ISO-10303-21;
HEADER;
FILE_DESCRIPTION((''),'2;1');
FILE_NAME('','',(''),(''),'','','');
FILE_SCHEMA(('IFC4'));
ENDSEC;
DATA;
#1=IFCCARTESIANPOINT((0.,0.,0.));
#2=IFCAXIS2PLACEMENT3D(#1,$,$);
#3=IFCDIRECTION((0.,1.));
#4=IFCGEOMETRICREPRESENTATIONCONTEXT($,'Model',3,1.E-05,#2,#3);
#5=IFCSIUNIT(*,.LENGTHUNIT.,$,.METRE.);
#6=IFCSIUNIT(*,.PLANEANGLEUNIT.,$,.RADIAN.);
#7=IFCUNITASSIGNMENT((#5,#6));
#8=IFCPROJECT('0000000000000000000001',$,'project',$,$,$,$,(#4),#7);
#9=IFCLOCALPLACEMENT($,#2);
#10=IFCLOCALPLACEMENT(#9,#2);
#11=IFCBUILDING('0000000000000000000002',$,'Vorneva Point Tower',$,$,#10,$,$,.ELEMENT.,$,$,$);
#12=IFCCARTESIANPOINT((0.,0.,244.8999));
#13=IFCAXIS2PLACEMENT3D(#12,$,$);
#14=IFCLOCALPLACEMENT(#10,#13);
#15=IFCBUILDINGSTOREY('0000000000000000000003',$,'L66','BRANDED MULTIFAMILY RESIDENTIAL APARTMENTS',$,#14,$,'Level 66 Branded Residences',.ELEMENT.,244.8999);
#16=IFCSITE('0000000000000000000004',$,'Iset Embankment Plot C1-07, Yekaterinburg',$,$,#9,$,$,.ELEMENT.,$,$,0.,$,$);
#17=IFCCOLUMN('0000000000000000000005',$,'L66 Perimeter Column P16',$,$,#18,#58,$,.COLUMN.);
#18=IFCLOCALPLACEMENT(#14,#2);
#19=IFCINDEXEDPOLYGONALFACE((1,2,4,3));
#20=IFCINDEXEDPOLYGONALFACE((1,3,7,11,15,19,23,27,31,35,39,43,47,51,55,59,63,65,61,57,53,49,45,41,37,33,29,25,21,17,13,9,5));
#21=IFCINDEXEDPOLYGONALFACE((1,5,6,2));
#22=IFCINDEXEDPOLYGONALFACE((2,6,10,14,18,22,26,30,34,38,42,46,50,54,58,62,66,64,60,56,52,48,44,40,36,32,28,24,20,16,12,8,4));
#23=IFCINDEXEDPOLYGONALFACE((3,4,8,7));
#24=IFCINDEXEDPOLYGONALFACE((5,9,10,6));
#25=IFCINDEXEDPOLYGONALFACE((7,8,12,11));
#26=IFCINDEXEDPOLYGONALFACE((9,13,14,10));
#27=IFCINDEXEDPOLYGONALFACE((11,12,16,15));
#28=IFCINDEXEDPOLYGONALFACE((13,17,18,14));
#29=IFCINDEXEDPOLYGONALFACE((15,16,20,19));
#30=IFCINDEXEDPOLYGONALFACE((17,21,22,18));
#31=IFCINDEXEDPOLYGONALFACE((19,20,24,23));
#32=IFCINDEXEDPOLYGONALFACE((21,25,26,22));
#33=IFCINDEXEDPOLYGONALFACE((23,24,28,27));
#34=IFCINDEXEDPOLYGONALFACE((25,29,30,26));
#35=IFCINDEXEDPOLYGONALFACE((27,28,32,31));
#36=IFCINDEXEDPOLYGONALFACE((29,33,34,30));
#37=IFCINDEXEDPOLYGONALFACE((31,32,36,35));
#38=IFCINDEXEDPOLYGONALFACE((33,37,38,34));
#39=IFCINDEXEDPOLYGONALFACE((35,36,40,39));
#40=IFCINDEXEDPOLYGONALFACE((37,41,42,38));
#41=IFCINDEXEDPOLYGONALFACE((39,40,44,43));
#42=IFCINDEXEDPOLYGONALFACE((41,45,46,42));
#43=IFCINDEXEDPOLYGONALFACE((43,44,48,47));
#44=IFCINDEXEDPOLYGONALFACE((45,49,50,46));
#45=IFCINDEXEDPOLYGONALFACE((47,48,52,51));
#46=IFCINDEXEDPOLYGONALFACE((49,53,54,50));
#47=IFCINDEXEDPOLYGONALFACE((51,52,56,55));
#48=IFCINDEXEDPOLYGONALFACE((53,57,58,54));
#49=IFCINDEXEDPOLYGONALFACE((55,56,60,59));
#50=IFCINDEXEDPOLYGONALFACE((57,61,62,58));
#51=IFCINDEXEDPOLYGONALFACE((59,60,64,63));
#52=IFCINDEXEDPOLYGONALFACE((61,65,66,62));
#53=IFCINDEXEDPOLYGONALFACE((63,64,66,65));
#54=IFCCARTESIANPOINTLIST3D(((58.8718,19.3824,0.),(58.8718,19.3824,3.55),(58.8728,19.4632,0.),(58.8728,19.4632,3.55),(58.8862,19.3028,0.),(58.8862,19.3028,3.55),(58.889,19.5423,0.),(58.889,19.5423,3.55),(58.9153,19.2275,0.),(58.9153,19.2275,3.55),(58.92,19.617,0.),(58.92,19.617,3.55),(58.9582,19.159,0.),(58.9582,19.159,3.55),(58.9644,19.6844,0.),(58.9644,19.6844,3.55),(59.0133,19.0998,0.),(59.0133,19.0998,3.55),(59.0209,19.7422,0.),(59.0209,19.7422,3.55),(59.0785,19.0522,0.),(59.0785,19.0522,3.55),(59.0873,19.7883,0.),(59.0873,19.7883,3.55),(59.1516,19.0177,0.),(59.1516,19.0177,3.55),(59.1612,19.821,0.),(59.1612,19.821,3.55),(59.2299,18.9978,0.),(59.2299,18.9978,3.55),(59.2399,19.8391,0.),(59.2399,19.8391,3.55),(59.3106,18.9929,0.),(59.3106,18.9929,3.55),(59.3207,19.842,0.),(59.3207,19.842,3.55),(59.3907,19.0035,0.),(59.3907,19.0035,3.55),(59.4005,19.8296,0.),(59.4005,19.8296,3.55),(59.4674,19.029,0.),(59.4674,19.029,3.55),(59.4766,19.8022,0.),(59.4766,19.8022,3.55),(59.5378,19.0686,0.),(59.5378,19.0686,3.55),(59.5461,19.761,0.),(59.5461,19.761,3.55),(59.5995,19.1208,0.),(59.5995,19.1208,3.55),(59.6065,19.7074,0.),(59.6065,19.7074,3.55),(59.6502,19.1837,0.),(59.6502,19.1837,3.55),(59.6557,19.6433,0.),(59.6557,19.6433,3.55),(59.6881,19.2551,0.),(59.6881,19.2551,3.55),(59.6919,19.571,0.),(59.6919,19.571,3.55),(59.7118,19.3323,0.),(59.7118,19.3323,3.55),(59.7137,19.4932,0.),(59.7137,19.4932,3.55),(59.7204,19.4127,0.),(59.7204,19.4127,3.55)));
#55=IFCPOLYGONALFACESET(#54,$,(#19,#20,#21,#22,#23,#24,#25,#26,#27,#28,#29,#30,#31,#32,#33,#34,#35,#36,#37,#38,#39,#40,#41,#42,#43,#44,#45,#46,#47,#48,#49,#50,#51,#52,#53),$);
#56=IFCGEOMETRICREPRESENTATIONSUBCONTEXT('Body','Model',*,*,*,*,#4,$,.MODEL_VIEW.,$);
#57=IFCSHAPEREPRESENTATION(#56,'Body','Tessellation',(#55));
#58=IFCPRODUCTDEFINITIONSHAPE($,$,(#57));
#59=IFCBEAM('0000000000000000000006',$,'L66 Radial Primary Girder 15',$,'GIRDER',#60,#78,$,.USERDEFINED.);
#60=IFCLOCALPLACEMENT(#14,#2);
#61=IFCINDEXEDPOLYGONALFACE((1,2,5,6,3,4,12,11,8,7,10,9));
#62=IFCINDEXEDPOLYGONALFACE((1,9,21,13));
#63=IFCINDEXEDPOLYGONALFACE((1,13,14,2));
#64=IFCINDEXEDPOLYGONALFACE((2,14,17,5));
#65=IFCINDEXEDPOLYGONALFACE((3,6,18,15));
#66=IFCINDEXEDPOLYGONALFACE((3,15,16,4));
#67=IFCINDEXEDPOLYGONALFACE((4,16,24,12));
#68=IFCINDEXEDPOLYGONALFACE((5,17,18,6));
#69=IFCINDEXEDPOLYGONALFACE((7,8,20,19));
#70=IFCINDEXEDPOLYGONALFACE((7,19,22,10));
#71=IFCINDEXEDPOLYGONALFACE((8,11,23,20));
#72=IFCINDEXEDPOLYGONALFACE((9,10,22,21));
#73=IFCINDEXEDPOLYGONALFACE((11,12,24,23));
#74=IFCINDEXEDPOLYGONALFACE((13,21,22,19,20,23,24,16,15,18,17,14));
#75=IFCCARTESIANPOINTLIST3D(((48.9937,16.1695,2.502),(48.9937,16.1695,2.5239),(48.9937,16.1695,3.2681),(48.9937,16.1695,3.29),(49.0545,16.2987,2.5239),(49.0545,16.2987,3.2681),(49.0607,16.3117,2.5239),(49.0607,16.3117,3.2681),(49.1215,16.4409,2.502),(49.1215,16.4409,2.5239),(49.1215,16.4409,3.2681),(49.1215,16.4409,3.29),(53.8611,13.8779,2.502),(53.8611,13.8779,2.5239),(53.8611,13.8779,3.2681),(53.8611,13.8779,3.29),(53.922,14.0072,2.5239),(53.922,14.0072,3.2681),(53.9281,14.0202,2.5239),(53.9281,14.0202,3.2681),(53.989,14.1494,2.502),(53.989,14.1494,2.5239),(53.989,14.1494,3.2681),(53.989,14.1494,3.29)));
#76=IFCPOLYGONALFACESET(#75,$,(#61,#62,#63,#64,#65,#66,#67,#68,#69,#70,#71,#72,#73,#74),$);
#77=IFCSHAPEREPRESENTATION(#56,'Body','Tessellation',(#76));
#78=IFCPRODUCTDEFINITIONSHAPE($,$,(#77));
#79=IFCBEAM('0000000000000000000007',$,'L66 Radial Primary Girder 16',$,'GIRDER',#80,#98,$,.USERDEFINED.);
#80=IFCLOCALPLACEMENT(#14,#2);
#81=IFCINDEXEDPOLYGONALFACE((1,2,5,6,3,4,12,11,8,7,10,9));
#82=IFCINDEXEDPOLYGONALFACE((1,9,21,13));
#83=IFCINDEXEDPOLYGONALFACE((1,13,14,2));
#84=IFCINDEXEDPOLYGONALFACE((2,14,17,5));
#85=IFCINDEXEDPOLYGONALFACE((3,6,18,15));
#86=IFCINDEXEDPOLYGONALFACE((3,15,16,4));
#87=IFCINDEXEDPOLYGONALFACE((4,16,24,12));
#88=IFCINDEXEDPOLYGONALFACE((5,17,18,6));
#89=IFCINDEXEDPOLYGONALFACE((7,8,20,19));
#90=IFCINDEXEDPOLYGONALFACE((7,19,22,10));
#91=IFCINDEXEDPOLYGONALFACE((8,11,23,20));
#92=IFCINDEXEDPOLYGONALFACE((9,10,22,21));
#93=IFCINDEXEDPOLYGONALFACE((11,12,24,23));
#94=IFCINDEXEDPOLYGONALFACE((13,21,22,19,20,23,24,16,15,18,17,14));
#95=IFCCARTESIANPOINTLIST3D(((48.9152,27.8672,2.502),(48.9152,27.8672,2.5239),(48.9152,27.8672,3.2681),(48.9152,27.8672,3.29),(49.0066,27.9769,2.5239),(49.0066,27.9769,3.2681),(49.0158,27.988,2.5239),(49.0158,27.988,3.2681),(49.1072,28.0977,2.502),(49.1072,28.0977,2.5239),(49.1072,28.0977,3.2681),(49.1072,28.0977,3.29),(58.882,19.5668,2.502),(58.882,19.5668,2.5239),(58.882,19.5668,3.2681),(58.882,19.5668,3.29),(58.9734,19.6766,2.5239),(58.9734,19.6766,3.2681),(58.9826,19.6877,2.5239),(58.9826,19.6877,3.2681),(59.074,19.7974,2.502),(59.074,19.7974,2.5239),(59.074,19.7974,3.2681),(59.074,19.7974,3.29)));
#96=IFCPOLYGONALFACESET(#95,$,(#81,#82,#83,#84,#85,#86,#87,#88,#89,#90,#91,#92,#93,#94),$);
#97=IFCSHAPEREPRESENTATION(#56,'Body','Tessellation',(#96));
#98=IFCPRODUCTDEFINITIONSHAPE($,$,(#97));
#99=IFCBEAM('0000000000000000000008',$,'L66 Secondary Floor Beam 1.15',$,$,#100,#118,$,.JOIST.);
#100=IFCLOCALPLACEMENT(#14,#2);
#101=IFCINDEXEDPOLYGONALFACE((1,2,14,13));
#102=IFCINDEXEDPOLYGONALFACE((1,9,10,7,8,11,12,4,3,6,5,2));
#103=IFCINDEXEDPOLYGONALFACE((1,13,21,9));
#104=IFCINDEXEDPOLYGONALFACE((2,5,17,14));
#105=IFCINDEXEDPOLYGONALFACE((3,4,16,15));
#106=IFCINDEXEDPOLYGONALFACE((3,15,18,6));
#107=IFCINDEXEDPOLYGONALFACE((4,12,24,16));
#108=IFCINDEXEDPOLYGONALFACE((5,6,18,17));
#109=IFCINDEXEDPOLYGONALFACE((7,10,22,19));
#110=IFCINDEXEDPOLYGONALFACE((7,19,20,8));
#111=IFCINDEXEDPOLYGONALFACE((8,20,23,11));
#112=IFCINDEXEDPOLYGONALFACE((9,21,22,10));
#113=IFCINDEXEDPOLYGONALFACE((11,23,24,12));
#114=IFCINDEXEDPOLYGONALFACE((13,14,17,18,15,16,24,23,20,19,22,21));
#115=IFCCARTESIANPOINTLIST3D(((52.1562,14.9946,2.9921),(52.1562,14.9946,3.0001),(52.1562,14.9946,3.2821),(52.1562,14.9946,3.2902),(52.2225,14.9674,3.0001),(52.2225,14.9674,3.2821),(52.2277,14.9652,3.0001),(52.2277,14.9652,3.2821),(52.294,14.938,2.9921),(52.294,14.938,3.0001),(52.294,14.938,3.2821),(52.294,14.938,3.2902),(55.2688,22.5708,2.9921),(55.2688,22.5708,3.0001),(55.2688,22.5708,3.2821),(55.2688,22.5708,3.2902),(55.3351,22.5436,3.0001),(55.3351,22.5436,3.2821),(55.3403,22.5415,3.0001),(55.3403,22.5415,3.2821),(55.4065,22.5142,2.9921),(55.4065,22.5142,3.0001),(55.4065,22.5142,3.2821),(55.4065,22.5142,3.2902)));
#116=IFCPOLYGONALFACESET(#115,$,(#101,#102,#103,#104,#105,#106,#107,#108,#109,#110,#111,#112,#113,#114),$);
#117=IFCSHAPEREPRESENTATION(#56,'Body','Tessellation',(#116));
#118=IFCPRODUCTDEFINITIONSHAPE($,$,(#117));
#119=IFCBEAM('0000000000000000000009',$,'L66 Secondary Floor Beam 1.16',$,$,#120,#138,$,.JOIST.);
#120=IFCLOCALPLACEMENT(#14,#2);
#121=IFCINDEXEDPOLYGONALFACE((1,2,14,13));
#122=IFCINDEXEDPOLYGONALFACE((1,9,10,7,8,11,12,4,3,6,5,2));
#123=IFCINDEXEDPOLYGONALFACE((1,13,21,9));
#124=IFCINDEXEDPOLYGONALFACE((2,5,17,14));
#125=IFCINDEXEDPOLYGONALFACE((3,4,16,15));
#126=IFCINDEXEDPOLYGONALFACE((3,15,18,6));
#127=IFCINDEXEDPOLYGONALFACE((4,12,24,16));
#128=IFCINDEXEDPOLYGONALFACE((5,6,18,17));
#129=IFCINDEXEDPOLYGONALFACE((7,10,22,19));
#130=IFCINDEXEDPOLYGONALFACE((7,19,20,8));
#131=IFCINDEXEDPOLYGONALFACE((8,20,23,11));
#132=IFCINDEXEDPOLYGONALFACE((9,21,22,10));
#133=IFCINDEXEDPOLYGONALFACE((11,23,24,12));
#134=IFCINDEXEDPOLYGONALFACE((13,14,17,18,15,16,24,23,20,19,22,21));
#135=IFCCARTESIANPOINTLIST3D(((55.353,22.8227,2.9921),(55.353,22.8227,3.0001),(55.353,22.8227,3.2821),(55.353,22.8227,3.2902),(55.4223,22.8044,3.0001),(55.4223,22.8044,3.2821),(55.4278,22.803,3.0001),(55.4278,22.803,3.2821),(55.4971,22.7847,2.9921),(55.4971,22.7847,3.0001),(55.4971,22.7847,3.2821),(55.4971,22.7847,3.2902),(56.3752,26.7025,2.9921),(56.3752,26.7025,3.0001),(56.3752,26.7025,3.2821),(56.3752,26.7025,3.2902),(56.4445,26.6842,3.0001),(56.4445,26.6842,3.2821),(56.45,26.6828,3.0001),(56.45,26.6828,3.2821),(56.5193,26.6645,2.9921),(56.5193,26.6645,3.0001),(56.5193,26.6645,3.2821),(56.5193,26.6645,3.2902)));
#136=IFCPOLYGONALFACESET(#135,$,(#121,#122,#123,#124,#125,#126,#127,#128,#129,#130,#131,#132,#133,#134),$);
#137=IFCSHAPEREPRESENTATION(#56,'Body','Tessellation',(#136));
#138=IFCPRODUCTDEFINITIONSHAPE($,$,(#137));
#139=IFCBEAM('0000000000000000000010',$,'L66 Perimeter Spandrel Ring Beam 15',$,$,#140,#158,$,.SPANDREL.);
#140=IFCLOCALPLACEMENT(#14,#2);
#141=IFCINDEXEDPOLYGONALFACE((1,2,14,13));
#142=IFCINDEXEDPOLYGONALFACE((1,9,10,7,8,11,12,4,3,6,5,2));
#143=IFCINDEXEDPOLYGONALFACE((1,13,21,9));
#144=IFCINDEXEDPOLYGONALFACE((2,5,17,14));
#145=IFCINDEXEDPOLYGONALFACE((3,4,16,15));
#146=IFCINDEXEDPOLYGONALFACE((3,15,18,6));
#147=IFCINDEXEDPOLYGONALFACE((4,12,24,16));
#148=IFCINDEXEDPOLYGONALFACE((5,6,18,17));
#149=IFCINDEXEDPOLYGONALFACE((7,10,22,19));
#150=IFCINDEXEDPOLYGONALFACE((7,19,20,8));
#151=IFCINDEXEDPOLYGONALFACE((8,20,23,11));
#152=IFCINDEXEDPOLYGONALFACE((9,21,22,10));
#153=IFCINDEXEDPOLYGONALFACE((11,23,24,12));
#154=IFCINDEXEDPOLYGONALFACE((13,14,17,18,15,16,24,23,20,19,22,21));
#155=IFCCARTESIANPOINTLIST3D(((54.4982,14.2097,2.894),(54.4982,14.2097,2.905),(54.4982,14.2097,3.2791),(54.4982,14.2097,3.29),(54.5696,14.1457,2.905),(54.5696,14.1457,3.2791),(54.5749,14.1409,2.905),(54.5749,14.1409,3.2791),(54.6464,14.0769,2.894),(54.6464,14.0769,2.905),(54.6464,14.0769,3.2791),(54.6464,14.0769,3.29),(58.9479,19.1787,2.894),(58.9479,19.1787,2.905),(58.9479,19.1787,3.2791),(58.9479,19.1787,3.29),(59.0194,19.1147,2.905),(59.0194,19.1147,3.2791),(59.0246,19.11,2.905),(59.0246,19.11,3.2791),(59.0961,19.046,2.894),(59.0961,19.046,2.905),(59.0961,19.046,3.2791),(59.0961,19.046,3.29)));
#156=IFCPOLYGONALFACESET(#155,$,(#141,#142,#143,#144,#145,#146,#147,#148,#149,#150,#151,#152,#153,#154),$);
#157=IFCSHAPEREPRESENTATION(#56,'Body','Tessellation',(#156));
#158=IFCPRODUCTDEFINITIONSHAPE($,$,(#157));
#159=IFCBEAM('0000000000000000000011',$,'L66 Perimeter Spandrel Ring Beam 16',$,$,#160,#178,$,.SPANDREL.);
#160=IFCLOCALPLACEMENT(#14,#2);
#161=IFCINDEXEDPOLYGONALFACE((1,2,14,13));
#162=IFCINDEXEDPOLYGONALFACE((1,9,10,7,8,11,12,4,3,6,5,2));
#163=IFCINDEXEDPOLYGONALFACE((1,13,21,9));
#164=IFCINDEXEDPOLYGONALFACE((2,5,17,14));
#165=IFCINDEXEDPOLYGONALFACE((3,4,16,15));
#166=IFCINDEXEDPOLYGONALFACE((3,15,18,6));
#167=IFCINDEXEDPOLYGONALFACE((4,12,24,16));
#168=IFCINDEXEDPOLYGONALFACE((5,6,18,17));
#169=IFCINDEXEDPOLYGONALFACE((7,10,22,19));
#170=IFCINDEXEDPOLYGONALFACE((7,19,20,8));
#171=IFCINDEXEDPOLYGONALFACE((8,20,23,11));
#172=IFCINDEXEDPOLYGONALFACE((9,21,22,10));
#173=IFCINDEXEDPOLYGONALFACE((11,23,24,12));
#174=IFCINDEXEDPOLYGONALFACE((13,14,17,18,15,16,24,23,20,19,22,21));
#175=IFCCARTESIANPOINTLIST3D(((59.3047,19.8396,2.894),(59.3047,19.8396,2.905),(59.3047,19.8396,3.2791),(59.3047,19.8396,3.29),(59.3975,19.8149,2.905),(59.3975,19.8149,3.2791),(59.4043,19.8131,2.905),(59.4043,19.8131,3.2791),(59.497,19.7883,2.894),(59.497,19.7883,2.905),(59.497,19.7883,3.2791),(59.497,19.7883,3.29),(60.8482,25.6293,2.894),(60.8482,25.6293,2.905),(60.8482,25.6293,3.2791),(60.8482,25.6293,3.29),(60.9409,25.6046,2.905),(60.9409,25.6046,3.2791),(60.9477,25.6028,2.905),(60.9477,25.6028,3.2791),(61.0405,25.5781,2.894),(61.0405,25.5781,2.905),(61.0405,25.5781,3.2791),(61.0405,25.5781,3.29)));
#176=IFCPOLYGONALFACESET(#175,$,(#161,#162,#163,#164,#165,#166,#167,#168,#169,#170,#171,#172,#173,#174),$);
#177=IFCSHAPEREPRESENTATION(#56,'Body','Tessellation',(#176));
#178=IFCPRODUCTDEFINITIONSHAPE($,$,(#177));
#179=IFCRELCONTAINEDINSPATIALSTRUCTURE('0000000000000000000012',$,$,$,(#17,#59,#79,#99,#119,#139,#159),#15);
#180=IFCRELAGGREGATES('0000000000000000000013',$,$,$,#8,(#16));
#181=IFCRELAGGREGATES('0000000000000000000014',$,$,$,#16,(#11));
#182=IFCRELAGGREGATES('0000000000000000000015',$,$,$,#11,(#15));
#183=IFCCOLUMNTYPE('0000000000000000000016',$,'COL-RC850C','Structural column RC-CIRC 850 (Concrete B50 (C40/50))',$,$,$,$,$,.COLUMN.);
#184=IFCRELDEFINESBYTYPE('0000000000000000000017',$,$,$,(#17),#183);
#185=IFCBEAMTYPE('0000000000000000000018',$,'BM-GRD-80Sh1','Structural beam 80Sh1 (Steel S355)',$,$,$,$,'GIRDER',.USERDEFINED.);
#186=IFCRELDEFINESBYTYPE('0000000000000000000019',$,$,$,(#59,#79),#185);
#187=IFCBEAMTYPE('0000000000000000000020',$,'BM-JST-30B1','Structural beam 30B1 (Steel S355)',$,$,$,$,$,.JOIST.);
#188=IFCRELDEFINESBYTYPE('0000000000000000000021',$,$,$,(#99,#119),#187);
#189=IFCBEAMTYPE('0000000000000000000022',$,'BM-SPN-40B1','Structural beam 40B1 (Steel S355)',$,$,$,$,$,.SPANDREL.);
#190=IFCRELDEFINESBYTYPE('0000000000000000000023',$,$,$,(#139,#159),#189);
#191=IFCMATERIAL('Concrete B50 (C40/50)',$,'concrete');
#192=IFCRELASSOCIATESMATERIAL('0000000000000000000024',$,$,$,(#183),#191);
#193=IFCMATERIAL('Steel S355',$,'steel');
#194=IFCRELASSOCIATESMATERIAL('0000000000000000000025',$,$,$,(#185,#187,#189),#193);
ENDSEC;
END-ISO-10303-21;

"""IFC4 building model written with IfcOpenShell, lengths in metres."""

from ifc_helpers import new_model, si_unit, direction, frame, origin, origin_2d, place, context, subcontext, project, spatial, circle, i_section, extrude, material, material_profile, profile_set, type_object, element, save


model = new_model("IFC4")

# Units and contexts
model_context = context("Model", 3, precision=1e-05, world=origin(), true_north=direction((0.0, 1.0)))
body_context = subcontext(model_context, "Body", "Model", "MODEL_VIEW")
ifc_project = project(units=[si_unit("LENGTHUNIT", "METRE"), si_unit("PLANEANGLEUNIT", "RADIAN")], contexts=[model_context])

# Site, building, storey
site_placement = place(None, origin())
site = spatial("IfcSite", under=ifc_project, at=site_placement, Name="Iset Embankment Plot C1-07, Yekaterinburg", CompositionType="ELEMENT", RefElevation=0.0)
building_placement = place(site_placement, origin())
building = spatial("IfcBuilding", under=site, at=building_placement, Name="Vorneva Point Tower", CompositionType="ELEMENT")
storey_placement = place(building_placement, frame((0.0, 0.0, 244.8999)))
storey = spatial("IfcBuildingStorey", under=building, at=storey_placement, Name="L66", Description="BRANDED MULTIFAMILY RESIDENTIAL APARTMENTS", LongName="Level 66 Branded Residences", CompositionType="ELEMENT", Elevation=244.8999)

# Column
ifc_material_1 = material(Name="Concrete B50 (C40/50)", Category="concrete")
ifc_material_profile_1 = material_profile(ifc_material_1, circle(Radius=0.425, at=origin_2d()), Name="RC-CIRC 850")
ifc_profile_set_1 = profile_set([ifc_material_profile_1], Name="Concrete B50 (C40/50)")
column_type = type_object("IfcColumnType", Name="COL-RC850C", Description="Structural column RC-CIRC 850 (Concrete B50 (C40/50))", PredefinedType="COLUMN", material=ifc_profile_set_1)
for number, where, z_axis, x_axis, name in (
    (1, (59.2954, 19.4177, 0.0), (0.0, 0.0, 1.0), (0.92388, -0.382683, 0.0), "L66 Perimeter Column P16"),
):
    element("IfcColumn", number, at=place(storey_placement, frame(where, z_axis=z_axis, x_axis=x_axis)), inside=storey, type_object=column_type, Name=name, PredefinedType="COLUMN", context=body_context, shape_type="SweptSolid", body=[
        extrude(circle(Radius=0.425, at=origin_2d()), origin(), (0.0, 0.0, 1.0), 3.55),
    ])

# Beams
ifc_material_2 = material(Name="Steel S355", Category="steel")
ifc_material_profile_2 = material_profile(ifc_material_2, i_section(OverallWidth=0.3, OverallDepth=0.7881, WebThickness=0.0144, FlangeThickness=0.022, at=origin_2d()), Name="80Sh1")
ifc_profile_set_2 = profile_set([ifc_material_profile_2], Name="Steel S355")
beam_type_1 = type_object("IfcBeamType", Name="BM-GRD-80Sh1", Description="Structural beam 80Sh1 (Steel S355)", ElementType="GIRDER", PredefinedType="USERDEFINED", material=ifc_profile_set_2)
beam_1_placement = place(storey_placement, frame((53.925, 14.0137, 2.896), z_axis=(-0.904751, 0.425941, 0.0), x_axis=(-0.425941, -0.904751, 0.0)))
element("IfcBeam", 2, at=beam_1_placement, inside=storey, type_object=beam_type_1, Name="L66 Radial Primary Girder 15", ObjectType="GIRDER", PredefinedType="USERDEFINED", context=body_context, shape_type="SweptSolid", body=[
    extrude(i_section(OverallWidth=0.3, OverallDepth=0.7881, WebThickness=0.0144, FlangeThickness=0.022, at=origin_2d()), origin(), (0.0, 0.0, 1.0), 5.3799),
])
beam_2_placement = place(storey_placement, frame((58.978, 19.6821, 2.896), z_axis=(-0.768425, 0.63994, 0.0), x_axis=(-0.63994, -0.768425, 0.0)))
element("IfcBeam", 3, at=beam_2_placement, inside=storey, type_object=beam_type_1, Name="L66 Radial Primary Girder 16", ObjectType="GIRDER", PredefinedType="USERDEFINED", context=body_context, shape_type="SweptSolid", body=[
    extrude(i_section(OverallWidth=0.3, OverallDepth=0.7881, WebThickness=0.0144, FlangeThickness=0.022, at=origin_2d()), origin(), (0.0, 0.0, 1.0), 12.9705),
])
ifc_material_profile_3 = material_profile(ifc_material_2, i_section(OverallWidth=0.1489, OverallDepth=0.2981, WebThickness=0.0056, FlangeThickness=0.0081, at=origin_2d()), Name="30B1")
ifc_profile_set_3 = profile_set([ifc_material_profile_3], Name="Steel S355")
beam_type_2 = type_object("IfcBeamType", Name="BM-JST-30B1", Description="Structural beam 30B1 (Steel S355)", PredefinedType="JOIST", material=ifc_profile_set_3)
beam_3_placement = place(storey_placement, frame((52.2251, 14.9663, 3.1411), z_axis=(0.380014, 0.924981, 0.0), x_axis=(-0.924981, 0.380014, 0.0)))
element("IfcBeam", 4, at=beam_3_placement, inside=storey, type_object=beam_type_2, Name="L66 Secondary Floor Beam 1.15", PredefinedType="JOIST", context=body_context, shape_type="SweptSolid", body=[
    extrude(i_section(OverallWidth=0.1489, OverallDepth=0.2981, WebThickness=0.0056, FlangeThickness=0.0081, at=origin_2d()), origin(), (0.0, 0.0, 1.0), 8.1907),
])
beam_4_placement = place(storey_placement, frame((55.425, 22.8037, 3.1411), z_axis=(0.254772, 0.967001, 0.0), x_axis=(-0.967001, 0.254772, 0.0)))
element("IfcBeam", 5, at=beam_4_placement, inside=storey, type_object=beam_type_2, Name="L66 Secondary Floor Beam 1.16", PredefinedType="JOIST", context=body_context, shape_type="SweptSolid", body=[
    extrude(i_section(OverallWidth=0.1489, OverallDepth=0.2981, WebThickness=0.0056, FlangeThickness=0.0081, at=origin_2d()), origin(), (0.0, 0.0, 1.0), 4.0122),
])
ifc_material_profile_4 = material_profile(ifc_material_2, i_section(OverallWidth=0.199, OverallDepth=0.396, WebThickness=0.0071, FlangeThickness=0.011, at=origin_2d()), Name="40B1")
ifc_profile_set_4 = profile_set([ifc_material_profile_4], Name="Steel S355")
beam_type_3 = type_object("IfcBeamType", Name="BM-SPN-40B1", Description="Structural beam 40B1 (Steel S355)", PredefinedType="SPANDREL", material=ifc_profile_set_4)
beam_5_placement = place(storey_placement, frame((54.5723, 14.1433, 3.092), z_axis=(0.667108, 0.744961, 0.0), x_axis=(-0.744961, 0.667108, 0.0)))
element("IfcBeam", 6, at=beam_5_placement, inside=storey, type_object=beam_type_3, Name="L66 Perimeter Spandrel Ring Beam 15", PredefinedType="SPANDREL", context=body_context, shape_type="SweptSolid", body=[
    extrude(i_section(OverallWidth=0.199, OverallDepth=0.396, WebThickness=0.0071, FlangeThickness=0.011, at=origin_2d()), origin(), (0.0, 0.0, 1.0), 6.6702),
])
beam_6_placement = place(storey_placement, frame((59.4009, 19.814, 3.092), z_axis=(0.257587, 0.966255, 0.0), x_axis=(-0.966255, 0.257587, 0.0)))
element("IfcBeam", 7, at=beam_6_placement, inside=storey, type_object=beam_type_3, Name="L66 Perimeter Spandrel Ring Beam 16", PredefinedType="SPANDREL", context=body_context, shape_type="SweptSolid", body=[
    extrude(i_section(OverallWidth=0.199, OverallDepth=0.396, WebThickness=0.0071, FlangeThickness=0.011, at=origin_2d()), origin(), (0.0, 0.0, 1.0), 5.9919),
])

save(model, "model.ifc")
